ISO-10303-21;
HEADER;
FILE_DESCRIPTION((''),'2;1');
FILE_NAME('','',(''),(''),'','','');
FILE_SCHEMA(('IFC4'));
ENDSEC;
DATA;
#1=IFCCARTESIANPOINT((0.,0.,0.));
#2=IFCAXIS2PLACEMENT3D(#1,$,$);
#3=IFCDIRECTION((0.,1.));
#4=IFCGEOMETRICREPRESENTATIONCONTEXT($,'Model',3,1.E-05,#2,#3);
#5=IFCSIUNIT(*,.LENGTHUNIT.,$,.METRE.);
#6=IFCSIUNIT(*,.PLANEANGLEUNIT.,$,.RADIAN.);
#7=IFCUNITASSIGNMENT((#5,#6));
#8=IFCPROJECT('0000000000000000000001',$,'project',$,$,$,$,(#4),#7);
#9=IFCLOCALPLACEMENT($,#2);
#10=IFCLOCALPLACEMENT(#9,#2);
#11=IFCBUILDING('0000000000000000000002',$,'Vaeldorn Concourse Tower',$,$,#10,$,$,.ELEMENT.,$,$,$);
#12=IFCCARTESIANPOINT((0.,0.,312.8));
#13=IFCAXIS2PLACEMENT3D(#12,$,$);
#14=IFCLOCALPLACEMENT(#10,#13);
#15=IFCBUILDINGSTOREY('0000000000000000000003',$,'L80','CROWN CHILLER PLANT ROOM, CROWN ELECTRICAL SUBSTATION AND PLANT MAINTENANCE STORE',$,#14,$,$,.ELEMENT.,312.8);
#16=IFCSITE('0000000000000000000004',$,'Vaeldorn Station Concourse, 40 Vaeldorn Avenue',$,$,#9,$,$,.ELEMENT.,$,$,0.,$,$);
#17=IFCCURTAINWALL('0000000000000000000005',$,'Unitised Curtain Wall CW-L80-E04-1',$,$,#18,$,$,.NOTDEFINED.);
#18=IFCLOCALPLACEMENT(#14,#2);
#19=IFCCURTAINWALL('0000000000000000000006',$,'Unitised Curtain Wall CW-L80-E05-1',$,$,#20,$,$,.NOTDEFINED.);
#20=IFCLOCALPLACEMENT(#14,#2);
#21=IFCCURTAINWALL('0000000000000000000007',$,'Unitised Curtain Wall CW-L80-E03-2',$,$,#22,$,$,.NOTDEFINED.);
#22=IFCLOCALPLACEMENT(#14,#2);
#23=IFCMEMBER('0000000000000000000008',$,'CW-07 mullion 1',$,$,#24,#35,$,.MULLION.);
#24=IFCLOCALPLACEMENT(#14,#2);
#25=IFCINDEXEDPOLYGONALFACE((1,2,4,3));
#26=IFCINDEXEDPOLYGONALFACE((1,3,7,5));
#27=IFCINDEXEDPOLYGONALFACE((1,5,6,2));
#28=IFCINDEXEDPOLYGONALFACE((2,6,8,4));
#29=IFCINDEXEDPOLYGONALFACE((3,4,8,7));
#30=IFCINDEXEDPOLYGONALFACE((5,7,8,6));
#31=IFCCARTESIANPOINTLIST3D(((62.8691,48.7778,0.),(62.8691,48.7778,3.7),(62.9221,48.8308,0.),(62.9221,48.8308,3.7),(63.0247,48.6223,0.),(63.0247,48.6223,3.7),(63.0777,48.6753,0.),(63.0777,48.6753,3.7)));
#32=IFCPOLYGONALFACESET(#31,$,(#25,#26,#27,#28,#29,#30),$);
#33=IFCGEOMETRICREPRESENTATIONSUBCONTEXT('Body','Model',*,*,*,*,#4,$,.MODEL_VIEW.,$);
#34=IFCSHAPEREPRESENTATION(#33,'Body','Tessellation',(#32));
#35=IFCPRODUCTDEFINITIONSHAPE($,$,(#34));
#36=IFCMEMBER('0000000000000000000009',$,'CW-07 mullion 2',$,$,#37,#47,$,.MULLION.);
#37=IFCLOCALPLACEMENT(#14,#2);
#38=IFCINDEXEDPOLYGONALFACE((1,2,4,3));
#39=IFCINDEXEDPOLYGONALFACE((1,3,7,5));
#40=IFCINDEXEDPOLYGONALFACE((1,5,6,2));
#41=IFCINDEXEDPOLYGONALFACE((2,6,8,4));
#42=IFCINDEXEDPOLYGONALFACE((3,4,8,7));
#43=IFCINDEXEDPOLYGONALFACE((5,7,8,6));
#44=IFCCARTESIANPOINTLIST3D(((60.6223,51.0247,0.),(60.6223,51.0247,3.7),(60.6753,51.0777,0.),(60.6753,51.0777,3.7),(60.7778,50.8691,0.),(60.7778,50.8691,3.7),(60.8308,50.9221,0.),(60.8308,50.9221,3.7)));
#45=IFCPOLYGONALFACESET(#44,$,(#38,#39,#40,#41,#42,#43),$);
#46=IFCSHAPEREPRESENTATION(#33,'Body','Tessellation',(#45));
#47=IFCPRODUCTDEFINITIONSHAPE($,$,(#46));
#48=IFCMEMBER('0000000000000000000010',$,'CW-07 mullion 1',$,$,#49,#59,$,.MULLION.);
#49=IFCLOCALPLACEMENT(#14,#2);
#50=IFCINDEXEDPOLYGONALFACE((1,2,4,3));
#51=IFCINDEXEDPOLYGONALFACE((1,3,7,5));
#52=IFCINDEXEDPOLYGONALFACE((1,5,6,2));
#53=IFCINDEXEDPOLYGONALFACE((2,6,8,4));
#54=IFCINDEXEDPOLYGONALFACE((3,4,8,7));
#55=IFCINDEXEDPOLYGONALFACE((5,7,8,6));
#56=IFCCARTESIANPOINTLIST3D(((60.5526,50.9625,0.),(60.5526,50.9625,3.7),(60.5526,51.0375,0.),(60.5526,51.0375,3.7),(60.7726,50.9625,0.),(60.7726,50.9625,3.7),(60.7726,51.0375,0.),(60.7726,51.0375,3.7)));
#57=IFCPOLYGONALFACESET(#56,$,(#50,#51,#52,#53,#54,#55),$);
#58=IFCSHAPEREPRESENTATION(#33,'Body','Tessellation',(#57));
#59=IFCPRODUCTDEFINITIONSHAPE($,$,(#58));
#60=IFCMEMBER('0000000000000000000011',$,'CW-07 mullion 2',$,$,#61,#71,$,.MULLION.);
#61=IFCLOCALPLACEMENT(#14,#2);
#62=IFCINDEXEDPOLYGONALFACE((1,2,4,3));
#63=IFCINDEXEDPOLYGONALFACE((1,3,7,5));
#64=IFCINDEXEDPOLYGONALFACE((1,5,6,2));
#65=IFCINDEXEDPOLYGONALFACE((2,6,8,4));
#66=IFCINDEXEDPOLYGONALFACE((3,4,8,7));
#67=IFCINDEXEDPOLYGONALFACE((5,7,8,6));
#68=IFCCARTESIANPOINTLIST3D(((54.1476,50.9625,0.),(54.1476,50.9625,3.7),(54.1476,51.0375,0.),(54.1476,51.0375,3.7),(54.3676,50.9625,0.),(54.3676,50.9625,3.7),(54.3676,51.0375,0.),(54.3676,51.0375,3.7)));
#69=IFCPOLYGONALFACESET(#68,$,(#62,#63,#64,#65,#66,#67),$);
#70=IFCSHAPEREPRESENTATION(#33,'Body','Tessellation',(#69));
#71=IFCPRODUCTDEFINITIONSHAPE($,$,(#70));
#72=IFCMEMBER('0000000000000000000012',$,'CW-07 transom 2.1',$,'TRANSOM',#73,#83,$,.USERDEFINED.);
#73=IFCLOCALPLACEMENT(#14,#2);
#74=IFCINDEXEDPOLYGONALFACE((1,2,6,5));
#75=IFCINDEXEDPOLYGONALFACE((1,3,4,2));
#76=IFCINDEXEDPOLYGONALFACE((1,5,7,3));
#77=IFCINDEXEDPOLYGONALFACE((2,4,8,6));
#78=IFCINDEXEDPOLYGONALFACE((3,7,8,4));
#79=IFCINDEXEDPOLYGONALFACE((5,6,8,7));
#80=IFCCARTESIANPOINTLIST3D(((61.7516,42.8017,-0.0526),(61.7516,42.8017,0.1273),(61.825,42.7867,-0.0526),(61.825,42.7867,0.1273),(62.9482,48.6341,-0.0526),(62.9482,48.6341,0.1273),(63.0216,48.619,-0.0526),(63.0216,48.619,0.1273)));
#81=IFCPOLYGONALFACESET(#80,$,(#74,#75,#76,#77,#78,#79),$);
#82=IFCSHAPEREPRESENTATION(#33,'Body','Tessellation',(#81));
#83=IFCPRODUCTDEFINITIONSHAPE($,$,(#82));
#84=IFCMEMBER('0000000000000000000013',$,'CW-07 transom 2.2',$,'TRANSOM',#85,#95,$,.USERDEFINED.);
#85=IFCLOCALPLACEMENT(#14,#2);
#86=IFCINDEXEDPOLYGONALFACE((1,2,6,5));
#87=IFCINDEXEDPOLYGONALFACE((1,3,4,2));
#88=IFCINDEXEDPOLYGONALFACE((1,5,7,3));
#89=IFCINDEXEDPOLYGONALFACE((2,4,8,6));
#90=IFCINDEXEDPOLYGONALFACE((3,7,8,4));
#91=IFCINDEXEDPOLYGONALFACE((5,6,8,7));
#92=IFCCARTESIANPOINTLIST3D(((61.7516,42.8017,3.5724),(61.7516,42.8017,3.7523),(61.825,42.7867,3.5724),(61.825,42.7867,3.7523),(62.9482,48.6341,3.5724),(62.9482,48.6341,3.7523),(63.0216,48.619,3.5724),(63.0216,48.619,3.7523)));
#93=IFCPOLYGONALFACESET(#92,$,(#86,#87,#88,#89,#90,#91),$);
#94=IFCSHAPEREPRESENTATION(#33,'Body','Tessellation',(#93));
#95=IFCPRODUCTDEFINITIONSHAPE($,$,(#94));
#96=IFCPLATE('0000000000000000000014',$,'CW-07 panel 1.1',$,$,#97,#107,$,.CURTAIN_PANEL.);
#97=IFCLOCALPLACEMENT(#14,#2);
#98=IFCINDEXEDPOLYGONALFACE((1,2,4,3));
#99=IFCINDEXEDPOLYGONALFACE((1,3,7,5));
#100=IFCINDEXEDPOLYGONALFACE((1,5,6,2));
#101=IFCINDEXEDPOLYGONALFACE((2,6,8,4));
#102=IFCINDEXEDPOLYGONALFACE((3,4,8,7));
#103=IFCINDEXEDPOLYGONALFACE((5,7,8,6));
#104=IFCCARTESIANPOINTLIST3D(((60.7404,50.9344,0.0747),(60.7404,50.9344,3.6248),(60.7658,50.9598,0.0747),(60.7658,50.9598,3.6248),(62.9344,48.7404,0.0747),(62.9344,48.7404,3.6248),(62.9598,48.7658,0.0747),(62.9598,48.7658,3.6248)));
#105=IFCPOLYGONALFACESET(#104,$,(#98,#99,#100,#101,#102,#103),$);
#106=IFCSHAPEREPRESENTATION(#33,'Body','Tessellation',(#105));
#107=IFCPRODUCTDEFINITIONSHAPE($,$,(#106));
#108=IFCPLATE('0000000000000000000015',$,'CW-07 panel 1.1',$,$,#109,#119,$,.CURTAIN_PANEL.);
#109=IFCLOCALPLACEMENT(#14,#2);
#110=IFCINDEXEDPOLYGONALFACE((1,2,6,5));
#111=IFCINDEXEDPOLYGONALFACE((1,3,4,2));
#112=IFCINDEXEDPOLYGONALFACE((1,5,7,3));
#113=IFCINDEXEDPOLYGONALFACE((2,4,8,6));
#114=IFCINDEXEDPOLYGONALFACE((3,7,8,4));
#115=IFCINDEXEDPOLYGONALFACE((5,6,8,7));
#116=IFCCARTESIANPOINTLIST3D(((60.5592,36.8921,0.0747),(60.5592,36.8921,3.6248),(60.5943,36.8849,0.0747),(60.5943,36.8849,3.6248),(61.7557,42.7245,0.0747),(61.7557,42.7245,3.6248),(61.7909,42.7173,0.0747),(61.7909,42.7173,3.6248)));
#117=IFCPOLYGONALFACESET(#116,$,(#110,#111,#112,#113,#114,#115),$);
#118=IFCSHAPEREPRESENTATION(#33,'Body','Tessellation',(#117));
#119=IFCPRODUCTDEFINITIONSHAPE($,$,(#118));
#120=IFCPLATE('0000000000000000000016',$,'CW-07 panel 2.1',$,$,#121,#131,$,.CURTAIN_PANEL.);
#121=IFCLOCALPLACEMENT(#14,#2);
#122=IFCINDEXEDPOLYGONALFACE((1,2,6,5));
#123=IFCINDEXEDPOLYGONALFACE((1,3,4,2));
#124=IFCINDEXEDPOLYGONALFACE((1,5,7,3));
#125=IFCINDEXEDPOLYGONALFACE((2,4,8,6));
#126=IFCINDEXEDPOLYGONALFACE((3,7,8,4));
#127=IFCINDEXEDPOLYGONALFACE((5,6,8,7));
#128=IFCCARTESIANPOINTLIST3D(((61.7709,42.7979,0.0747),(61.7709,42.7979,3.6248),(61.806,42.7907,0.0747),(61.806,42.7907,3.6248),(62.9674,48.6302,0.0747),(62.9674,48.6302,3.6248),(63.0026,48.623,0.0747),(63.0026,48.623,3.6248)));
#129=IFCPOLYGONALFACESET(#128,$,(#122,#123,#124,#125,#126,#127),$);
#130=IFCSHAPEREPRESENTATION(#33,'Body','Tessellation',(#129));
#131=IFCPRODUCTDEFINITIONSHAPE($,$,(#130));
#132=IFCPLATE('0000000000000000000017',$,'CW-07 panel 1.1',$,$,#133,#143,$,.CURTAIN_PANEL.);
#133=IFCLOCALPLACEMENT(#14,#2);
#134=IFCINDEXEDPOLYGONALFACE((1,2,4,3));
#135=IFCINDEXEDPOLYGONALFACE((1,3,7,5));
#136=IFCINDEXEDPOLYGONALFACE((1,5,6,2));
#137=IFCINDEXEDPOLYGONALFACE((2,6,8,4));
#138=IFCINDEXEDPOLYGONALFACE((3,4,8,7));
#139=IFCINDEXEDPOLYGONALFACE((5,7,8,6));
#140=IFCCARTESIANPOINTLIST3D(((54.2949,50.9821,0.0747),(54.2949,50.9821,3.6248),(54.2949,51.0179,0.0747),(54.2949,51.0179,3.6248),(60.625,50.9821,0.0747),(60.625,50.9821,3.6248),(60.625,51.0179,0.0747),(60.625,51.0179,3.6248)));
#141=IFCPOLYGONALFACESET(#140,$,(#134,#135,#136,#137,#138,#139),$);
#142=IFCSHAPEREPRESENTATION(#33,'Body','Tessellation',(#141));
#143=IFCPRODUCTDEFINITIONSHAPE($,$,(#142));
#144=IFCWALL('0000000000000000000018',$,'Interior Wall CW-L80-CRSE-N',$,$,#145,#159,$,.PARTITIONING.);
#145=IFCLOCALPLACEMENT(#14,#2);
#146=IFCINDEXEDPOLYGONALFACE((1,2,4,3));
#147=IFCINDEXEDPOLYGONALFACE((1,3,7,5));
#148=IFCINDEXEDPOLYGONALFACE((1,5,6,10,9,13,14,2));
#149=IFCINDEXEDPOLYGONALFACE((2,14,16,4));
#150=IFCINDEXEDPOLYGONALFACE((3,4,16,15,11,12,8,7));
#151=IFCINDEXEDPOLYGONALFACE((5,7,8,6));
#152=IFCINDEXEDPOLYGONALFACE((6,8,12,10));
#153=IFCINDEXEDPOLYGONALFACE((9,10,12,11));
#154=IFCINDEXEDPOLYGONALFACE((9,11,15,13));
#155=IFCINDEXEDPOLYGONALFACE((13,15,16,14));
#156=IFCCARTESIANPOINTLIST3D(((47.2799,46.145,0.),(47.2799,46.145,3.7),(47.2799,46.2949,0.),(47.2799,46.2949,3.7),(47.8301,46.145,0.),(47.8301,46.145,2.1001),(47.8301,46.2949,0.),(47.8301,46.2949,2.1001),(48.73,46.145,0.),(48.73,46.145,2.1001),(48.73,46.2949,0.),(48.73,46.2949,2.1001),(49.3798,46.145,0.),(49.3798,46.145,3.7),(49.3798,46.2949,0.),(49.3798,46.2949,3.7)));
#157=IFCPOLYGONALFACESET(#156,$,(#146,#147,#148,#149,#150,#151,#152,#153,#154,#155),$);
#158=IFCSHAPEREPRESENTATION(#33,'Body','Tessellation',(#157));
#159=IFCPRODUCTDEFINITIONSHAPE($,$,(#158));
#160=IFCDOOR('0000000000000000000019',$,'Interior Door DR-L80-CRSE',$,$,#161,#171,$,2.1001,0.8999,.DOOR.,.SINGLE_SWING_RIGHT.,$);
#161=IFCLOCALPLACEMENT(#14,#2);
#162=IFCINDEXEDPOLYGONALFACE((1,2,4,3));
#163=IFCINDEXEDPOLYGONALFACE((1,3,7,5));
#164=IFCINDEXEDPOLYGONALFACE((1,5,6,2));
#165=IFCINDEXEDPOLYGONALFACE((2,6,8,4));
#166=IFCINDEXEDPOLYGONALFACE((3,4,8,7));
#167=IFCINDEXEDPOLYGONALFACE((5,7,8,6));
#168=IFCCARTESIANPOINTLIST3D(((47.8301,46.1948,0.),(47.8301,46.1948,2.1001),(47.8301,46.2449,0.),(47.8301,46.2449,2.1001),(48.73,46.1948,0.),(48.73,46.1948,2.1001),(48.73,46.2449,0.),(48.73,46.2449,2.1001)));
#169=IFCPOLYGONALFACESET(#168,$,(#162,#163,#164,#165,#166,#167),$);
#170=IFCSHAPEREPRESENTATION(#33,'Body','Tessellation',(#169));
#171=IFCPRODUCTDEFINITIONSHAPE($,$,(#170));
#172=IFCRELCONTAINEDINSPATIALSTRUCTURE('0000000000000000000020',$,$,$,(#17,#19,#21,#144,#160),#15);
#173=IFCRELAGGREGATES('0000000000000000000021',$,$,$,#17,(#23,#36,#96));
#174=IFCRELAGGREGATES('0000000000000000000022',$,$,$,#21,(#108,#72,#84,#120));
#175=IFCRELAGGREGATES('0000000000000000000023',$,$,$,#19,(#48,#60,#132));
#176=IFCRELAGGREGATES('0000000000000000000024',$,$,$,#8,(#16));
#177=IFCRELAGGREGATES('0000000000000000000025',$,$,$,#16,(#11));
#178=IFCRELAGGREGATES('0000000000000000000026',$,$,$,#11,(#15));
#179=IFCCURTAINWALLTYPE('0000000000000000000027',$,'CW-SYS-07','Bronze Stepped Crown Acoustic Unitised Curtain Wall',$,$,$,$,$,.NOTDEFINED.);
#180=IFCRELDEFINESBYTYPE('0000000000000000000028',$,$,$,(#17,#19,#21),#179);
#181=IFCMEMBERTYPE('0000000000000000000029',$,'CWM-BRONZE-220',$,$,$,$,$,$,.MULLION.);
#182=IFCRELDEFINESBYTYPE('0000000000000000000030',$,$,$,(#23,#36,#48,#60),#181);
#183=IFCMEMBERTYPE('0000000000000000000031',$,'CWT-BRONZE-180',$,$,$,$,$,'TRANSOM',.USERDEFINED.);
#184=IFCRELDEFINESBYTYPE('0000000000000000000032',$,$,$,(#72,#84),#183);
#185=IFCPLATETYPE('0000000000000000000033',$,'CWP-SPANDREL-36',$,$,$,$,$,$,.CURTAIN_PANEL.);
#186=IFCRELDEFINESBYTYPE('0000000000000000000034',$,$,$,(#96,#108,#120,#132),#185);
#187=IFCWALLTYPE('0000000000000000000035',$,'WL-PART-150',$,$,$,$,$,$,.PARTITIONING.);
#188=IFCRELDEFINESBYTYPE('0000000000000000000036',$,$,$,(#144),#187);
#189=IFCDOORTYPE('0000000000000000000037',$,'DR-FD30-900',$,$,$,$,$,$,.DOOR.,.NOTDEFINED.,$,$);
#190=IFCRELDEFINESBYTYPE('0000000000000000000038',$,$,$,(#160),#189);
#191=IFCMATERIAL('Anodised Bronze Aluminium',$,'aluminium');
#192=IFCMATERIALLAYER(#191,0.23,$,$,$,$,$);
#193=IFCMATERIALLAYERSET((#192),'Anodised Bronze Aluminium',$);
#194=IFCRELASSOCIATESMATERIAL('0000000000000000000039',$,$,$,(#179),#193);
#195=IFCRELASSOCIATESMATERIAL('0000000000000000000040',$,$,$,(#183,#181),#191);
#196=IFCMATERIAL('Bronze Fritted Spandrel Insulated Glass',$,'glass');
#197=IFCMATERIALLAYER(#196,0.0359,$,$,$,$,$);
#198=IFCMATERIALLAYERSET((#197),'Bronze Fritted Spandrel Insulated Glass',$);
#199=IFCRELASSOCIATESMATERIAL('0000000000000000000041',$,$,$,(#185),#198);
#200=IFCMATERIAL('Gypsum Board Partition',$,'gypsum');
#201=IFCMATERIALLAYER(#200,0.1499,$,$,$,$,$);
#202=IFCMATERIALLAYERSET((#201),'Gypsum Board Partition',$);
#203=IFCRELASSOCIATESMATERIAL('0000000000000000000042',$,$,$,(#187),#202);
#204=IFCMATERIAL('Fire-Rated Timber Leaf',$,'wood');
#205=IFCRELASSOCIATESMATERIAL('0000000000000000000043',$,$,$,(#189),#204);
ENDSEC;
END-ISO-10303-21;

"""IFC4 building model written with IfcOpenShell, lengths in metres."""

from ifc_helpers import new_model, si_unit, direction, frame, frame_2d, origin, origin_2d, place, context, subcontext, project, spatial, rectangle, extrude, source, transform, mapped, material, layer, layer_set, material_profile, profile_set, type_object, element, fill, aggregate, save


model = new_model("IFC4")

# Units and contexts
model_context = context("Model", 3, precision=1e-05, world=origin(), true_north=direction((0.0, 1.0)))
body_context = subcontext(model_context, "Body", "Model", "MODEL_VIEW")
ifc_project = project(units=[si_unit("LENGTHUNIT", "METRE"), si_unit("PLANEANGLEUNIT", "RADIAN")], contexts=[model_context])

# Site, building, storey
site_placement = place(None, origin())
site = spatial("IfcSite", under=ifc_project, at=site_placement, Name="Vaeldorn Station Concourse, 40 Vaeldorn Avenue", CompositionType="ELEMENT", RefElevation=0.0)
building_placement = place(site_placement, origin())
building = spatial("IfcBuilding", under=site, at=building_placement, Name="Vaeldorn Concourse Tower", CompositionType="ELEMENT")
storey_placement = place(building_placement, frame((0.0, 0.0, 312.8)))
storey = spatial("IfcBuildingStorey", under=building, at=storey_placement, Name="L80", Description="CROWN CHILLER PLANT ROOM, CROWN ELECTRICAL SUBSTATION AND PLANT MAINTENANCE STORE", CompositionType="ELEMENT", Elevation=312.8)

# Curtain walls
ifc_material_1 = material(Name="Anodised Bronze Aluminium", Category="aluminium")
ifc_layer_1 = layer(ifc_material_1, 0.23)
ifc_layer_set_1 = layer_set([ifc_layer_1], Name="Anodised Bronze Aluminium")
curtain_wall_type = type_object("IfcCurtainWallType", Name="CW-SYS-07", Description="Bronze Stepped Crown Acoustic Unitised Curtain Wall", PredefinedType="NOTDEFINED", material=ifc_layer_set_1)
curtain_wall_1_placement = place(storey_placement, origin())
curtain_wall_1 = element("IfcCurtainWall", 1, at=curtain_wall_1_placement, inside=storey, type_object=curtain_wall_type, Name="Unitised Curtain Wall CW-L80-E04-1", PredefinedType="NOTDEFINED")
ifc_material_profile_1 = material_profile(ifc_material_1, rectangle(XDim=0.075, YDim=0.1799, at=origin_2d()), Name="CWT 75x180")
ifc_profile_set_1 = profile_set([ifc_material_profile_1], Name="Anodised Bronze Aluminium")
member_type_1 = type_object("IfcMemberType", Name="CWT-BRONZE-180", ElementType="TRANSOM", PredefinedType="USERDEFINED", material=ifc_profile_set_1)
curtain_wall_2_placement = place(storey_placement, origin())
curtain_wall_2 = element("IfcCurtainWall", 2, at=curtain_wall_2_placement, inside=storey, type_object=curtain_wall_type, Name="Unitised Curtain Wall CW-L80-E05-1", PredefinedType="NOTDEFINED")
curtain_wall_3_placement = place(storey_placement, origin())
curtain_wall_3 = element("IfcCurtainWall", 3, at=curtain_wall_3_placement, inside=storey, type_object=curtain_wall_type, Name="Unitised Curtain Wall CW-L80-E03-2", PredefinedType="NOTDEFINED")
ifc_material_profile_2 = material_profile(ifc_material_1, rectangle(XDim=0.075, YDim=0.22, at=origin_2d()), Name="CWM 75x220")
ifc_profile_set_2 = profile_set([ifc_material_profile_2], Name="Anodised Bronze Aluminium")
member_type_2 = type_object("IfcMemberType", Name="CWM-BRONZE-220", PredefinedType="MULLION", material=ifc_profile_set_2)
shared_shape_1 = source(origin(), body_context, "Body", "SweptSolid", [
    extrude(rectangle(XDim=0.075, YDim=0.22, at=origin_2d()), origin(), (0.0, 0.0, 1.0), 3.7),
])

# Members
member_1_placement = place(storey_placement, frame((62.9734, 48.7266, 0.0), z_axis=(0.0, 0.0, 1.0), x_axis=(-0.707107, -0.707107, 0.0)))
member_1 = element("IfcMember", 4, at=member_1_placement, type_object=member_type_2, Name="CW-07 mullion 1", PredefinedType="MULLION", context=body_context, shape_type="MappedRepresentation", body=[
    mapped(shared_shape_1, transform((0.0, 0.0, 0.0), scale=1.0)),
])
member_2_placement = place(storey_placement, frame((60.7266, 50.9734, 0.0), z_axis=(0.0, 0.0, 1.0), x_axis=(-0.707107, -0.707107, 0.0)))
member_2 = element("IfcMember", 5, at=member_2_placement, type_object=member_type_2, Name="CW-07 mullion 2", PredefinedType="MULLION", context=body_context, shape_type="MappedRepresentation", body=[
    mapped(shared_shape_1, transform((0.0, 0.0, 0.0), scale=1.0)),
])
member_3_placement = place(storey_placement, frame((60.6626, 51.0, 0.0), z_axis=(0.0, 0.0, 1.0), x_axis=(0.0, -1.0, 0.0)))
member_3 = element("IfcMember", 6, at=member_3_placement, type_object=member_type_2, Name="CW-07 mullion 1", PredefinedType="MULLION", context=body_context, shape_type="MappedRepresentation", body=[
    mapped(shared_shape_1, transform((0.0, 0.0, 0.0), scale=1.0)),
])
member_4_placement = place(storey_placement, frame((54.2576, 51.0, 0.0), z_axis=(0.0, 0.0, 1.0), x_axis=(0.0, -1.0, 0.0)))
member_4 = element("IfcMember", 7, at=member_4_placement, type_object=member_type_2, Name="CW-07 mullion 2", PredefinedType="MULLION", context=body_context, shape_type="MappedRepresentation", body=[
    mapped(shared_shape_1, transform((0.0, 0.0, 0.0), scale=1.0)),
])
shared_shape_2 = source(origin(), body_context, "Body", "SweptSolid", [
    extrude(rectangle(XDim=0.075, YDim=0.1799, at=origin_2d()), origin(), (0.0, 0.0, 1.0), 5.9539),
])
member_5_placement = place(storey_placement, frame((61.7883, 42.7942, 0.0374), z_axis=(0.200971, 0.979597, 0.0), x_axis=(-0.979597, 0.200971, 0.0)))
member_5 = element("IfcMember", 8, at=member_5_placement, type_object=member_type_1, Name="CW-07 transom 2.1", ObjectType="TRANSOM", PredefinedType="USERDEFINED", context=body_context, shape_type="MappedRepresentation", body=[
    mapped(shared_shape_2, transform((0.0, 0.0, 0.0), scale=1.0)),
])
member_6_placement = place(storey_placement, frame((61.7883, 42.7942, 3.6624), z_axis=(0.200971, 0.979597, 0.0), x_axis=(-0.979597, 0.200971, 0.0)))
member_6 = element("IfcMember", 9, at=member_6_placement, type_object=member_type_1, Name="CW-07 transom 2.2", ObjectType="TRANSOM", PredefinedType="USERDEFINED", context=body_context, shape_type="MappedRepresentation", body=[
    mapped(shared_shape_2, transform((0.0, 0.0, 0.0), scale=1.0)),
])

# Plates
ifc_material_2 = material(Name="Bronze Fritted Spandrel Insulated Glass", Category="glass")
ifc_layer_2 = layer(ifc_material_2, 0.0359)
ifc_layer_set_2 = layer_set([ifc_layer_2], Name="Bronze Fritted Spandrel Insulated Glass")
plate_type = type_object("IfcPlateType", Name="CWP-SPANDREL-36", PredefinedType="CURTAIN_PANEL", material=ifc_layer_set_2)
shared_shape_3 = source(origin(), body_context, "Body", "SweptSolid", [
    extrude(rectangle(XDim=3.1028, YDim=0.0359, at=origin_2d()), origin(), (0.0, 0.0, 1.0), 3.55),
])
plate_1_placement = place(storey_placement, frame((61.8501, 49.8501, 0.0747), z_axis=(0.0, 0.0, 1.0), x_axis=(-0.707107, 0.707107, 0.0)))
plate_1 = element("IfcPlate", 10, at=plate_1_placement, type_object=plate_type, Name="CW-07 panel 1.1", PredefinedType="CURTAIN_PANEL", context=body_context, shape_type="MappedRepresentation", body=[
    mapped(shared_shape_3, transform((0.0, 0.0, 0.0), scale=1.0)),
])
aggregate(curtain_wall_1, [member_1, member_2, plate_1])
shared_shape_4 = source(origin(), body_context, "Body", "SweptSolid", [
    extrude(rectangle(XDim=5.9539, YDim=0.0359, at=origin_2d()), origin(), (0.0, 0.0, 1.0), 3.55),
])
plate_2_placement = place(storey_placement, frame((61.175, 39.8047, 0.0747), z_axis=(0.0, 0.0, 1.0), x_axis=(0.200972, 0.979597, 0.0)))
plate_2 = element("IfcPlate", 11, at=plate_2_placement, type_object=plate_type, Name="CW-07 panel 1.1", PredefinedType="CURTAIN_PANEL", context=body_context, shape_type="MappedRepresentation", body=[
    mapped(shared_shape_4, transform((0.0, 0.0, 0.0), scale=1.0)),
])
plate_3_placement = place(storey_placement, frame((62.3867, 45.7104, 0.0747), z_axis=(0.0, 0.0, 1.0), x_axis=(0.200972, 0.979597, 0.0)))
plate_3 = element("IfcPlate", 12, at=plate_3_placement, type_object=plate_type, Name="CW-07 panel 2.1", PredefinedType="CURTAIN_PANEL", context=body_context, shape_type="MappedRepresentation", body=[
    mapped(shared_shape_4, transform((0.0, 0.0, 0.0), scale=1.0)),
])
aggregate(curtain_wall_3, [plate_2, member_5, member_6, plate_3])
shared_shape_5 = source(origin(), body_context, "Body", "SweptSolid", [
    extrude(rectangle(XDim=6.3301, YDim=0.0359, at=origin_2d()), origin(), (0.0, 0.0, 1.0), 3.55),
])
plate_4_placement = place(storey_placement, frame((57.46, 51.0, 0.0747), z_axis=(0.0, 0.0, 1.0), x_axis=(-1.0, 0.0, 0.0)))
plate_4 = element("IfcPlate", 13, at=plate_4_placement, type_object=plate_type, Name="CW-07 panel 1.1", PredefinedType="CURTAIN_PANEL", context=body_context, shape_type="MappedRepresentation", body=[
    mapped(shared_shape_5, transform((0.0, 0.0, 0.0), scale=1.0)),
])
aggregate(curtain_wall_2, [member_3, member_4, plate_4])

# Wall, opening, door
ifc_material_3 = material(Name="Gypsum Board Partition", Category="gypsum")
ifc_layer_3 = layer(ifc_material_3, 0.1499)
ifc_layer_set_3 = layer_set([ifc_layer_3], Name="Gypsum Board Partition")
wall_type_1 = type_object("IfcWallType", Name="WL-PART-150", PredefinedType="PARTITIONING", material=ifc_layer_set_3)
wall_1_placement = place(storey_placement, frame((47.28, 46.22, 0.0), z_axis=(0.0, 0.0, 1.0), x_axis=(1.0, 0.0, 0.0)))
wall_1 = element("IfcWall", 14, at=wall_1_placement, inside=storey, type_object=wall_type_1, Name="Interior Wall CW-L80-CRSE-N", PredefinedType="PARTITIONING", context=body_context, shape_type="SweptSolid", body=[
    extrude(rectangle(XDim=2.0999, YDim=0.1499, at=frame_2d((1.0498, 0.0))), origin(), (0.0, 0.0, 1.0), 3.7),
])
opening_1_placement = place(wall_1_placement, frame((0.55, 0.0, 0.0)))
opening_1 = element("IfcOpeningElement", 15, at=opening_1_placement, cuts=wall_1, PredefinedType="OPENING", context=body_context, shape_type="SweptSolid", body=[
    extrude(rectangle(XDim=0.8999, YDim=2.1001, at=frame_2d((0.45, 1.05))), frame((0.0, 0.085, 0.0), z_axis=(0.0, -1.0, 0.0), x_axis=(1.0, 0.0, 0.0)), (0.0, 0.0, 1.0), 0.1699),
])
ifc_material_4 = material(Name="Fire-Rated Timber Leaf", Category="wood")
door_type_1 = type_object("IfcDoorType", Name="DR-FD30-900", OperationType="NOTDEFINED", PredefinedType="DOOR", material=ifc_material_4)
shared_shape_6 = source(origin(), body_context, "Body", "SweptSolid", [
    extrude(rectangle(XDim=0.8999, YDim=2.1001, at=frame_2d((0.45, 1.05))), frame((0.0, 0.0249, 0.0), z_axis=(0.0, -1.0, 0.0), x_axis=(1.0, 0.0, 0.0)), (0.0, 0.0, 1.0), 0.05),
])
door_1_placement = place(opening_1_placement, origin())
door_1 = element("IfcDoor", 16, at=door_1_placement, inside=storey, type_object=door_type_1, Name="Interior Door DR-L80-CRSE", OperationType="SINGLE_SWING_RIGHT", OverallHeight=2.1001, OverallWidth=0.8999, PredefinedType="DOOR", context=body_context, shape_type="MappedRepresentation", body=[
    mapped(shared_shape_6, transform((0.0, 0.0, 0.0), scale=1.0)),
])
fill(opening_1, door_1)

save(model, "model.ifc")
